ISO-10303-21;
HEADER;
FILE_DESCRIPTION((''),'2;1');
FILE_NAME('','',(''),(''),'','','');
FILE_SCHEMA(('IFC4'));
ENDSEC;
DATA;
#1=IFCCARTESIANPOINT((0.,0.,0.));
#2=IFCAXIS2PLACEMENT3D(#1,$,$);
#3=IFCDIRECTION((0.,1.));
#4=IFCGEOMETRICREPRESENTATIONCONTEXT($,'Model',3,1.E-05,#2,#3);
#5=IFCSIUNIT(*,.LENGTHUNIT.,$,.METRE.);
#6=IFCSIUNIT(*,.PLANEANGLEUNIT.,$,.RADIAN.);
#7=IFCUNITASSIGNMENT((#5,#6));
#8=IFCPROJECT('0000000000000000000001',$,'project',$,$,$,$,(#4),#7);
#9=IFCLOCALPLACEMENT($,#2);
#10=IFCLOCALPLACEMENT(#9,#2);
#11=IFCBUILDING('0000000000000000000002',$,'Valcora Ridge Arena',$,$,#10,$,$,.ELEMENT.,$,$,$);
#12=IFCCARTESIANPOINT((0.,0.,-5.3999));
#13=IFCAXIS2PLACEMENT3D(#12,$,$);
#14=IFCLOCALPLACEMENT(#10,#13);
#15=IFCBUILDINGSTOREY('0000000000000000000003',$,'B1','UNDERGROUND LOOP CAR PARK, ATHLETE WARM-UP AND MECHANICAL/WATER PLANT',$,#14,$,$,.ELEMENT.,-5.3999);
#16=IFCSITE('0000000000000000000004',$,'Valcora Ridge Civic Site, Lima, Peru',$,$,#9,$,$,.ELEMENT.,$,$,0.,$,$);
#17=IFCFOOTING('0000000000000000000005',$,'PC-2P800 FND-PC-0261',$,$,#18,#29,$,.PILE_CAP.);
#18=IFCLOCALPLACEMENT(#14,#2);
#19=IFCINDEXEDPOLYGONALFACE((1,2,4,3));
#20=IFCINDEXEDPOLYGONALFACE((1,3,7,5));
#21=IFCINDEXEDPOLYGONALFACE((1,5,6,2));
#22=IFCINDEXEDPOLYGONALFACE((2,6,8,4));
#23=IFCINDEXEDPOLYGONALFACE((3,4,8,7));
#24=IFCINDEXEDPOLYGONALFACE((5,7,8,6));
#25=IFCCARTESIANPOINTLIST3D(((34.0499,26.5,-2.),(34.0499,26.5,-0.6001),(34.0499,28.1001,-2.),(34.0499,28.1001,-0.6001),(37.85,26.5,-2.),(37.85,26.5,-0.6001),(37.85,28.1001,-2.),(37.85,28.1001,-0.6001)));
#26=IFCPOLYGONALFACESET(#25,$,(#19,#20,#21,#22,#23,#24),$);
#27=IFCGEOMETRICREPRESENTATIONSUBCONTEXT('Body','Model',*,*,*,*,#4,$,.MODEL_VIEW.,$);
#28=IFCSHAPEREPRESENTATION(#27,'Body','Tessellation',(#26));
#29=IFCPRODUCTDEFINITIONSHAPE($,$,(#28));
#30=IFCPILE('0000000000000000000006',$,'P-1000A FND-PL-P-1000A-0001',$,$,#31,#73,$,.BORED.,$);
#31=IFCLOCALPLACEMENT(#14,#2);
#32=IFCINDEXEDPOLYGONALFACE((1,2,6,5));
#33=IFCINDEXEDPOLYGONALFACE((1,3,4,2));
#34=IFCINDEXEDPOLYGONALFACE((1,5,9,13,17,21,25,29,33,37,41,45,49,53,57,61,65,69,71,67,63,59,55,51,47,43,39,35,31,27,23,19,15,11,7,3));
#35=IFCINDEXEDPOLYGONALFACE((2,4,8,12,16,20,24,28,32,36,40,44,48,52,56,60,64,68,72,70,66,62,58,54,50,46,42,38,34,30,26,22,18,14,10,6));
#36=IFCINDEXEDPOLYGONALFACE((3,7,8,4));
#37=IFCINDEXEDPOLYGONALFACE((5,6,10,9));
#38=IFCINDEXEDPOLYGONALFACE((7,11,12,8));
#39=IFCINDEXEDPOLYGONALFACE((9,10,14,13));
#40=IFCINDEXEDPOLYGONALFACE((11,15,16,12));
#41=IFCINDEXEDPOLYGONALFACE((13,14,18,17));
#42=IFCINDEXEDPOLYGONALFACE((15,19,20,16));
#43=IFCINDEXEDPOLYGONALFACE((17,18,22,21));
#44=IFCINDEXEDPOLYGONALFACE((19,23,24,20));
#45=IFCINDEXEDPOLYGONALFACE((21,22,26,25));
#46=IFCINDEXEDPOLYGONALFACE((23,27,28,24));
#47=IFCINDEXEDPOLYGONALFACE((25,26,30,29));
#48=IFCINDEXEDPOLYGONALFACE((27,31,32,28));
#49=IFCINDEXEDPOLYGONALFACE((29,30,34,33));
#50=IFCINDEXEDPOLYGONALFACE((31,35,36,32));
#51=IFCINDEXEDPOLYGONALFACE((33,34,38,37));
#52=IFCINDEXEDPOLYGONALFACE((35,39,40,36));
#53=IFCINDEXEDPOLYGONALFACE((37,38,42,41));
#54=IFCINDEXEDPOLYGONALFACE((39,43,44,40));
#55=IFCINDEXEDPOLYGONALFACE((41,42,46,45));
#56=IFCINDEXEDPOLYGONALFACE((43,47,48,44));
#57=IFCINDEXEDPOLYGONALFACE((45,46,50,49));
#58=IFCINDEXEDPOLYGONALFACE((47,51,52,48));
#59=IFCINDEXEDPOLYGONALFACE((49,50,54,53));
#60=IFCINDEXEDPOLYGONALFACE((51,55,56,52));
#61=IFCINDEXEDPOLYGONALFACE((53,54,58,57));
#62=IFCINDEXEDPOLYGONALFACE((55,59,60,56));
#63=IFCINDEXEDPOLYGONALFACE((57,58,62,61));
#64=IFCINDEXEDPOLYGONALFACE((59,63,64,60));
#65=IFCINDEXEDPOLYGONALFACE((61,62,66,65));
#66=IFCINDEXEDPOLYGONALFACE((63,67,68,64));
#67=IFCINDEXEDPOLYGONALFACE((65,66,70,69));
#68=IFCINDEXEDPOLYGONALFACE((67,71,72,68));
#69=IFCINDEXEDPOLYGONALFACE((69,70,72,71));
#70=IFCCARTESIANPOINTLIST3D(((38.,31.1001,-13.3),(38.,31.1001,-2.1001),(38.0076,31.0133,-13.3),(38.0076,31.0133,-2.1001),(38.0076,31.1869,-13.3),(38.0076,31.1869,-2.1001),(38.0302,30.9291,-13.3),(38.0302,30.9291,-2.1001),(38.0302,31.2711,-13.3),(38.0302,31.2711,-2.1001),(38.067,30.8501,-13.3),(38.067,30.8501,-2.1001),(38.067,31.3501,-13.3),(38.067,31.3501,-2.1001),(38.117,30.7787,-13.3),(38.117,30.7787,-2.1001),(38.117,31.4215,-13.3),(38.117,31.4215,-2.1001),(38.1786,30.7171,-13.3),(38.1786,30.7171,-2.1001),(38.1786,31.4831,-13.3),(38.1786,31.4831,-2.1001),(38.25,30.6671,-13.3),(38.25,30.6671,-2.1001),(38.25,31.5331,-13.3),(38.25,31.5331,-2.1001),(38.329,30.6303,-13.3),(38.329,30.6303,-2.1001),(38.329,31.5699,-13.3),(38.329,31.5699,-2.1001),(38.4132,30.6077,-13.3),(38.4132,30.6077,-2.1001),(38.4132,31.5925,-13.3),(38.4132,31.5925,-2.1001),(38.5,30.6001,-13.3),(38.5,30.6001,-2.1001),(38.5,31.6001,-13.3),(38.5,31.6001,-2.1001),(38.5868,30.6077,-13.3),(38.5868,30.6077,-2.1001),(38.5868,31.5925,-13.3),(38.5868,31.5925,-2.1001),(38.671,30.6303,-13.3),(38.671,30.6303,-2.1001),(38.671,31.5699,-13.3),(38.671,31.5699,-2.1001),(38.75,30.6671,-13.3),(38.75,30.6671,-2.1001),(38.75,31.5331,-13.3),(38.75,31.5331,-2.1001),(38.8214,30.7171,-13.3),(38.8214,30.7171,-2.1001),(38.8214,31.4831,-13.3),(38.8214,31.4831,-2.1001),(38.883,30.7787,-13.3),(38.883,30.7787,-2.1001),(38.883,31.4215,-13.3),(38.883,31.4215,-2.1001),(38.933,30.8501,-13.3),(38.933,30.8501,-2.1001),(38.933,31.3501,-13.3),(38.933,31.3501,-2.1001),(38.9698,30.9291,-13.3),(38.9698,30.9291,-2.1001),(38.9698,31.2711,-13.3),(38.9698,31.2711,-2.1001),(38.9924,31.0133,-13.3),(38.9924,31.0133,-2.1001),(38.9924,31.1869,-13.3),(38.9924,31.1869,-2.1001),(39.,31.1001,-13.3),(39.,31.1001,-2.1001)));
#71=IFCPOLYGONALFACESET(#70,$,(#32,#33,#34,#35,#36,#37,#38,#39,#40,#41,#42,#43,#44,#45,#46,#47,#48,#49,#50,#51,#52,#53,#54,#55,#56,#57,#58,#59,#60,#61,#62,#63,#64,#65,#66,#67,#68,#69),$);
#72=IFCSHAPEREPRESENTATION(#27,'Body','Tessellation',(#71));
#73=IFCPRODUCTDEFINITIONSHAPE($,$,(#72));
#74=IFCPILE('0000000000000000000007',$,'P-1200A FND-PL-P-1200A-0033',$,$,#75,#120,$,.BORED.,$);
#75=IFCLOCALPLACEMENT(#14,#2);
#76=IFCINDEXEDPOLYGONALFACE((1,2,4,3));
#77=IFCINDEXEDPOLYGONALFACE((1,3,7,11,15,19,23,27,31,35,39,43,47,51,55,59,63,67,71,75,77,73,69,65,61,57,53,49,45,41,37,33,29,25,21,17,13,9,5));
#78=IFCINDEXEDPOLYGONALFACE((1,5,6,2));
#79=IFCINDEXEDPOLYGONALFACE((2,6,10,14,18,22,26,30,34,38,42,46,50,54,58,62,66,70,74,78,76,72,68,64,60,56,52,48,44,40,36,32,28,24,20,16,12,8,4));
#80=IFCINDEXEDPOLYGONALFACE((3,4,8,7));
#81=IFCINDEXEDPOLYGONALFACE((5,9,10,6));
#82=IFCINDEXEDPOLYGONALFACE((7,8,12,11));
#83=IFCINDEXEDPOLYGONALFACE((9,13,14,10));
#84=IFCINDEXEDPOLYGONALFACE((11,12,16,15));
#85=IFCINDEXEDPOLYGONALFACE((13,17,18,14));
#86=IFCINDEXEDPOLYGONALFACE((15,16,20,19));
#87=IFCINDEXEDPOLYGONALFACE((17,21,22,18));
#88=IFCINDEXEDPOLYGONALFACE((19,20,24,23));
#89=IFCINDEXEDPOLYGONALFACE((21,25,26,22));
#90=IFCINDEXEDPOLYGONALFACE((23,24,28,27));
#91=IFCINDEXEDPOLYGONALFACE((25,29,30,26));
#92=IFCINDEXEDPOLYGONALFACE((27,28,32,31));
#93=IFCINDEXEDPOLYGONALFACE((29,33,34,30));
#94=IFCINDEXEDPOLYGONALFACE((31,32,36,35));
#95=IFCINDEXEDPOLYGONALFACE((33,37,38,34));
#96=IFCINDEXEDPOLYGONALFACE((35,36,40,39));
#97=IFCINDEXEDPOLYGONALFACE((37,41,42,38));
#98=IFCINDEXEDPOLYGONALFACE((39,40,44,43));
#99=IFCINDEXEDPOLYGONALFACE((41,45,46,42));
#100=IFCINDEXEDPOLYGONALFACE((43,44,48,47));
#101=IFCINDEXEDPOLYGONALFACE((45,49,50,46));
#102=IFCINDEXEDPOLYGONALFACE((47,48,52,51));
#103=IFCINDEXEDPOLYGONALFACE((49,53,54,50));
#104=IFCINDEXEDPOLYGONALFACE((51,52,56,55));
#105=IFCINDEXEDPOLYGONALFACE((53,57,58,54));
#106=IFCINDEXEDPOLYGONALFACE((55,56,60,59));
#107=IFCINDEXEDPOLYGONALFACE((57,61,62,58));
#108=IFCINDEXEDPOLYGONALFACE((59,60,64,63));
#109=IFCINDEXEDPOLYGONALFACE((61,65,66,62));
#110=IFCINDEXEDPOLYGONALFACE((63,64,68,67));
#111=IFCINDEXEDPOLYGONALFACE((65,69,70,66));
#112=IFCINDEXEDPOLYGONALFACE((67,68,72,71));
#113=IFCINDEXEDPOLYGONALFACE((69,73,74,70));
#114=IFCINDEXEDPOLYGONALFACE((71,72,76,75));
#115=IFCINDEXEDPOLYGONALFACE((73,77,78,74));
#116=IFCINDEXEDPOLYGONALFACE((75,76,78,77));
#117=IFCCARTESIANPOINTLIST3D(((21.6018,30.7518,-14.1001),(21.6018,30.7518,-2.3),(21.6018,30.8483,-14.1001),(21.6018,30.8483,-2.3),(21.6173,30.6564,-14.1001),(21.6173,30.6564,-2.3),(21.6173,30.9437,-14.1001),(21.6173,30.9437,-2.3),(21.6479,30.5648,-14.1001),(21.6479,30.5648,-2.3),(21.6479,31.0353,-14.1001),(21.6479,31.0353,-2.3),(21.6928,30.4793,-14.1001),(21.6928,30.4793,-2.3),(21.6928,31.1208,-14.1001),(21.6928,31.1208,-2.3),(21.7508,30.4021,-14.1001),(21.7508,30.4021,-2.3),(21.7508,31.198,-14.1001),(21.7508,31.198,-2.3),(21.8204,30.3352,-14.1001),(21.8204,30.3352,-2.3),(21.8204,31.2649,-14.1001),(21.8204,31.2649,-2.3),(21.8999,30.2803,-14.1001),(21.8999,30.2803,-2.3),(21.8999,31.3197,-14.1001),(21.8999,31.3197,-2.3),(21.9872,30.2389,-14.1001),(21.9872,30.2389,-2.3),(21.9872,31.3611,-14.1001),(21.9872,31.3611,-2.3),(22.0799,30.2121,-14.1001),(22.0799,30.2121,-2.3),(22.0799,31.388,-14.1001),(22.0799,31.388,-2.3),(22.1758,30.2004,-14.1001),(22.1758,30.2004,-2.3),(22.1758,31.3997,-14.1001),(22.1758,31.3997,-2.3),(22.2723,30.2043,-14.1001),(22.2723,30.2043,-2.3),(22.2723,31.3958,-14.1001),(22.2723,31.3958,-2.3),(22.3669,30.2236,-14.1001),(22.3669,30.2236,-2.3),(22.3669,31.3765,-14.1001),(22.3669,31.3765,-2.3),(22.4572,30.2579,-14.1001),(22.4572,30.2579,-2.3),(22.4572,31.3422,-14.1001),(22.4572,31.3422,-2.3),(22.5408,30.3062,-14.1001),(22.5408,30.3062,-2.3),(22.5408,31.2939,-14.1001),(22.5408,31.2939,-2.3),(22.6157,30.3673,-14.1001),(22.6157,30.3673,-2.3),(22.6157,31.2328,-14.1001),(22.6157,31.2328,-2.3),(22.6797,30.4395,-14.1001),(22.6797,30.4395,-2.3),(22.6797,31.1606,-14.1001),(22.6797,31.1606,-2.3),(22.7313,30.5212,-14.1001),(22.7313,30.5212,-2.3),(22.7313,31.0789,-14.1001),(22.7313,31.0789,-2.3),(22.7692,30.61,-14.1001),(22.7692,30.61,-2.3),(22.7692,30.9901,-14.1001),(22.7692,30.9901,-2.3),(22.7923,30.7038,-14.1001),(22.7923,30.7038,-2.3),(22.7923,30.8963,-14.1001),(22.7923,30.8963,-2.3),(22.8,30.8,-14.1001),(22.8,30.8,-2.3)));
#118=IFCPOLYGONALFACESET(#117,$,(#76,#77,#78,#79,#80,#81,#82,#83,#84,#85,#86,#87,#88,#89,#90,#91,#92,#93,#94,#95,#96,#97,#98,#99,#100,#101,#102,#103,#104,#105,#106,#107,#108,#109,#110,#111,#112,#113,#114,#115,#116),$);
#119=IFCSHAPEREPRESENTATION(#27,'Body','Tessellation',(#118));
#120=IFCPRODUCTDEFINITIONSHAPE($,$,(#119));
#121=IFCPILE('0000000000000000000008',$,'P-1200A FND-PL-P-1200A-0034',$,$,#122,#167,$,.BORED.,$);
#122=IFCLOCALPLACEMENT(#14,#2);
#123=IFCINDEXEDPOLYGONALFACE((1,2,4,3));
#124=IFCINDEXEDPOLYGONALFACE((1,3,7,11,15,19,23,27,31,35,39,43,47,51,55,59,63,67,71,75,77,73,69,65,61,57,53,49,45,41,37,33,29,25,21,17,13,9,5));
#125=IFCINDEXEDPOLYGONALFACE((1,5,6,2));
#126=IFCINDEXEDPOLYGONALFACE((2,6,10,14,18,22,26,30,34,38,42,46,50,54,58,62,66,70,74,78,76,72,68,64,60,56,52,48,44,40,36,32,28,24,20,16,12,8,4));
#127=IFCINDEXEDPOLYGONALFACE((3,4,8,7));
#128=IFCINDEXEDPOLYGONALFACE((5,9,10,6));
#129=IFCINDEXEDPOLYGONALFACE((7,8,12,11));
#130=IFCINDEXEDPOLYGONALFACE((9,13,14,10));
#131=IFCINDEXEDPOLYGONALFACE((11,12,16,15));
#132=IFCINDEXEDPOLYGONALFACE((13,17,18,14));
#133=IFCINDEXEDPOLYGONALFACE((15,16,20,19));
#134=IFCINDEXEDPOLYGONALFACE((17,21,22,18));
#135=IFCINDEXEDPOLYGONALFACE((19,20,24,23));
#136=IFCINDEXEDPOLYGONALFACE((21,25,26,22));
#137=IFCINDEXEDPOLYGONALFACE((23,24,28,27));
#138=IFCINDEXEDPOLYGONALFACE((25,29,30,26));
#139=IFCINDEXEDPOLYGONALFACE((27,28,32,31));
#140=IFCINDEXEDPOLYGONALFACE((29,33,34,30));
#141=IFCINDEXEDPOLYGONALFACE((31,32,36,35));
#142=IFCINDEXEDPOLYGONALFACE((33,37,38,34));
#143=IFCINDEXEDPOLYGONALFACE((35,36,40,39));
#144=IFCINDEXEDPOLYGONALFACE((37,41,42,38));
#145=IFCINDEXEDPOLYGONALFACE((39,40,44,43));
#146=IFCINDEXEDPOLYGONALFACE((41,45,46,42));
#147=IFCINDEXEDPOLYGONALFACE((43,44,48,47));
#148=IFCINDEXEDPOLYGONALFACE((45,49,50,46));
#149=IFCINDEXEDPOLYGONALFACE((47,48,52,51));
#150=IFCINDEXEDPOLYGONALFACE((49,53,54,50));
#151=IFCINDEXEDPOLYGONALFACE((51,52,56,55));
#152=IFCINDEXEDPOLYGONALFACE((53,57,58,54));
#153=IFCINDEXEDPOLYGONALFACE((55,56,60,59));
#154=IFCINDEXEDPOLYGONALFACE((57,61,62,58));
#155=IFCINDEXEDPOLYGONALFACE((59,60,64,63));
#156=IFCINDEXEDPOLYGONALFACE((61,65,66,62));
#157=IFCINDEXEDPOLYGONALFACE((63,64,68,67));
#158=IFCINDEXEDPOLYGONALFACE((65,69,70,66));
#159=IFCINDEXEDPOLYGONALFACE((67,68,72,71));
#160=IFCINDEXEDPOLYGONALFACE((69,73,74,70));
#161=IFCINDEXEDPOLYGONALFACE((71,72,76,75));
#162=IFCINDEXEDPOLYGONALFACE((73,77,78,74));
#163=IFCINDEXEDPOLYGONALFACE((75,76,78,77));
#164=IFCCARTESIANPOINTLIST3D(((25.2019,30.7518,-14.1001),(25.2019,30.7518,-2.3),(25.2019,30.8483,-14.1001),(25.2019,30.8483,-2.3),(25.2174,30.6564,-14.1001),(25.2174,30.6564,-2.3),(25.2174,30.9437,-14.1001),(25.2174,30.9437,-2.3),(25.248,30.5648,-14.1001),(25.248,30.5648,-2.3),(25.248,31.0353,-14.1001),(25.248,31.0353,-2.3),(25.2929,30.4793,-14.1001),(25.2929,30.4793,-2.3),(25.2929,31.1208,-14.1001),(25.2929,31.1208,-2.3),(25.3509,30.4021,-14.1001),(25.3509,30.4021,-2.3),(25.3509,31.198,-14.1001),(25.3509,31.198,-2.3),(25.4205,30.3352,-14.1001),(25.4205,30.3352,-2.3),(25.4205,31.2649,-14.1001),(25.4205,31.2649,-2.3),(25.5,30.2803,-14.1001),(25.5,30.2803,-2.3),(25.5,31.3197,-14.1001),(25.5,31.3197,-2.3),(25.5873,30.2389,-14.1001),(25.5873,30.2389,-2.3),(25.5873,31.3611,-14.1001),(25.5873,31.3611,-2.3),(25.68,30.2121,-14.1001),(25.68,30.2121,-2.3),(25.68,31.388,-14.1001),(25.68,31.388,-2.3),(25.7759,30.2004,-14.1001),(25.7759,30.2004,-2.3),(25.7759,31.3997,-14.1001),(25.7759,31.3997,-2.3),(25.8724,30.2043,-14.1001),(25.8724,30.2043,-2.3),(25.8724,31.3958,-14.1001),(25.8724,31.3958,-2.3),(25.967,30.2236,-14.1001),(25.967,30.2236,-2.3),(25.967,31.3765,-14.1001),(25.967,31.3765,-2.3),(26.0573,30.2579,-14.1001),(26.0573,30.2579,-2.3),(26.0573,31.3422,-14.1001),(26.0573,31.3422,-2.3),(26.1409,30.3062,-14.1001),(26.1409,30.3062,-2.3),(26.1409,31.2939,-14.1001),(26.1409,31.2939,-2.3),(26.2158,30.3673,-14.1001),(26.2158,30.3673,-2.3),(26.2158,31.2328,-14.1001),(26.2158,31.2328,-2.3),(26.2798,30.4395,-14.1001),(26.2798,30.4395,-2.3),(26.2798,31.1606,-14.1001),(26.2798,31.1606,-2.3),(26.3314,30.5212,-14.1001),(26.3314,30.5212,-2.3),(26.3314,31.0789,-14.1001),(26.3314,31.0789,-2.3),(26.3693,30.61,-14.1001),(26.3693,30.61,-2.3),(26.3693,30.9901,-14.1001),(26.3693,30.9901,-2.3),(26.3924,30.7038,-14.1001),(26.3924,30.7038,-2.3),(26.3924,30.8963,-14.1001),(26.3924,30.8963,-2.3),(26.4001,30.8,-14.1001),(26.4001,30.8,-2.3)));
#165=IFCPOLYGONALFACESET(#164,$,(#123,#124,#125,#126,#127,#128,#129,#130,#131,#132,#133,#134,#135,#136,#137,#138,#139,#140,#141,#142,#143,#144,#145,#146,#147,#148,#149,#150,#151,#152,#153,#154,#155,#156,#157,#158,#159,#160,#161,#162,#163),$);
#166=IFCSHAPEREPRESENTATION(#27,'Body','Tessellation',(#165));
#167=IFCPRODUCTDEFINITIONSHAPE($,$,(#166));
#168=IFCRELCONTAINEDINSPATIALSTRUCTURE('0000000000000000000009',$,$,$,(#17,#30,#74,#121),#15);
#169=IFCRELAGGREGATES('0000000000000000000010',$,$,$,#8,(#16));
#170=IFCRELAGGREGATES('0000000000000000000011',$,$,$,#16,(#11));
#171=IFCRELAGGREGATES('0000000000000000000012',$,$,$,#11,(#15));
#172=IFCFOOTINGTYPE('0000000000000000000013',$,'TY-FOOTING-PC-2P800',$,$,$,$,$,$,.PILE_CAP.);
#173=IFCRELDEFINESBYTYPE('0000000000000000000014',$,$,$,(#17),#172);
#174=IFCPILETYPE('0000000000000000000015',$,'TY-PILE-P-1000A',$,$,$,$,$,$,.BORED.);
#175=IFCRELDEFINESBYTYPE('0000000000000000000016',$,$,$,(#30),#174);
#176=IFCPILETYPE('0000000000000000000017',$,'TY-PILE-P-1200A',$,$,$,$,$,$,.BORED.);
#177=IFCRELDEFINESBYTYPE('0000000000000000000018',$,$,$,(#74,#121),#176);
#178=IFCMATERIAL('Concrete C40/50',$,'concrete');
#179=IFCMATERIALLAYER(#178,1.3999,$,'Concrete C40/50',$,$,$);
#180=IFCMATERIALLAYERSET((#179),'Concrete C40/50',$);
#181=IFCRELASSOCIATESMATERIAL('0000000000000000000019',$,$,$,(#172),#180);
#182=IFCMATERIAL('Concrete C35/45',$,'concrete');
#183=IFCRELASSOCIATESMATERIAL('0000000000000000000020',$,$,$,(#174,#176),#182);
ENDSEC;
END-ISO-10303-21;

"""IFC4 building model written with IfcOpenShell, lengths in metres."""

from ifc_helpers import new_model, si_unit, direction, frame, origin, origin_2d, place, context, subcontext, project, spatial, rectangle, circle, extrude, material, layer, layer_set, material_profile, profile_set, type_object, element, save


model = new_model("IFC4")

# Units and contexts
model_context = context("Model", 3, precision=1e-05, world=origin(), true_north=direction((0.0, 1.0)))
body_context = subcontext(model_context, "Body", "Model", "MODEL_VIEW")
ifc_project = project(units=[si_unit("LENGTHUNIT", "METRE"), si_unit("PLANEANGLEUNIT", "RADIAN")], contexts=[model_context])

# Site, building, storey
site_placement = place(None, origin())
site = spatial("IfcSite", under=ifc_project, at=site_placement, Name="Valcora Ridge Civic Site, Lima, Peru", CompositionType="ELEMENT", RefElevation=0.0)
building_placement = place(site_placement, origin())
building = spatial("IfcBuilding", under=site, at=building_placement, Name="Valcora Ridge Arena", CompositionType="ELEMENT")
storey_placement = place(building_placement, frame((0.0, 0.0, -5.3999)))
storey = spatial("IfcBuildingStorey", under=building, at=storey_placement, Name="B1", Description="UNDERGROUND LOOP CAR PARK, ATHLETE WARM-UP AND MECHANICAL/WATER PLANT", CompositionType="ELEMENT", Elevation=-5.3999)

# Footing
ifc_material_1 = material(Name="Concrete C40/50", Category="concrete")
ifc_layer_1 = layer(ifc_material_1, 1.3999, Name="Concrete C40/50")
ifc_layer_set_1 = layer_set([ifc_layer_1], Name="Concrete C40/50")
footing_type = type_object("IfcFootingType", Name="TY-FOOTING-PC-2P800", PredefinedType="PILE_CAP", material=ifc_layer_set_1)
footing_placement = place(storey_placement, frame((35.95, 27.3, -2.0), z_axis=(0.0, 0.0, 1.0), x_axis=(1.0, 0.0, 0.0)))
element("IfcFooting", 1, at=footing_placement, inside=storey, type_object=footing_type, Name="PC-2P800 FND-PC-0261", PredefinedType="PILE_CAP", context=body_context, shape_type="SweptSolid", body=[
    extrude(rectangle(XDim=3.8, YDim=1.6001, at=origin_2d()), origin(), (0.0, 0.0, 1.0), 1.3999),
])

# Piles
ifc_material_2 = material(Name="Concrete C35/45", Category="concrete")
ifc_material_profile_1 = material_profile(ifc_material_2, circle(Radius=0.5, at=origin_2d()), Name="BORED PILE D1000")
ifc_profile_set_1 = profile_set([ifc_material_profile_1], Name="Concrete C35/45")
pile_type_1 = type_object("IfcPileType", Name="TY-PILE-P-1000A", PredefinedType="BORED", material=ifc_profile_set_1)
pile_placement = place(storey_placement, frame((38.5, 31.1001, -2.1001), z_axis=(0.0, 0.0, -1.0), x_axis=(1.0, 0.0, 0.0)))
element("IfcPile", 2, at=pile_placement, inside=storey, type_object=pile_type_1, Name="P-1000A FND-PL-P-1000A-0001", PredefinedType="BORED", context=body_context, shape_type="SweptSolid", body=[
    extrude(circle(Radius=0.5, at=origin_2d()), origin(), (0.0, 0.0, 1.0), 11.2),
])
ifc_material_profile_2 = material_profile(ifc_material_2, circle(Radius=0.6001, at=origin_2d()), Name="BORED PILE D1200")
ifc_profile_set_2 = profile_set([ifc_material_profile_2], Name="Concrete C35/45")
pile_type_2 = type_object("IfcPileType", Name="TY-PILE-P-1200A", PredefinedType="BORED", material=ifc_profile_set_2)
for number, where, z_axis, x_axis, name in (
    (3, (22.2, 30.8, -2.3), (0.0, 0.0, -1.0), (1.0, 0.0, 0.0), "P-1200A FND-PL-P-1200A-0033"),
    (4, (25.8, 30.8, -2.3), (0.0, 0.0, -1.0), (1.0, 0.0, 0.0), "P-1200A FND-PL-P-1200A-0034"),
):
    element("IfcPile", number, at=place(storey_placement, frame(where, z_axis=z_axis, x_axis=x_axis)), inside=storey, type_object=pile_type_2, Name=name, PredefinedType="BORED", context=body_context, shape_type="SweptSolid", body=[
        extrude(circle(Radius=0.6001, at=origin_2d()), origin(), (0.0, 0.0, 1.0), 11.8),
    ])

save(model, "model.ifc")
